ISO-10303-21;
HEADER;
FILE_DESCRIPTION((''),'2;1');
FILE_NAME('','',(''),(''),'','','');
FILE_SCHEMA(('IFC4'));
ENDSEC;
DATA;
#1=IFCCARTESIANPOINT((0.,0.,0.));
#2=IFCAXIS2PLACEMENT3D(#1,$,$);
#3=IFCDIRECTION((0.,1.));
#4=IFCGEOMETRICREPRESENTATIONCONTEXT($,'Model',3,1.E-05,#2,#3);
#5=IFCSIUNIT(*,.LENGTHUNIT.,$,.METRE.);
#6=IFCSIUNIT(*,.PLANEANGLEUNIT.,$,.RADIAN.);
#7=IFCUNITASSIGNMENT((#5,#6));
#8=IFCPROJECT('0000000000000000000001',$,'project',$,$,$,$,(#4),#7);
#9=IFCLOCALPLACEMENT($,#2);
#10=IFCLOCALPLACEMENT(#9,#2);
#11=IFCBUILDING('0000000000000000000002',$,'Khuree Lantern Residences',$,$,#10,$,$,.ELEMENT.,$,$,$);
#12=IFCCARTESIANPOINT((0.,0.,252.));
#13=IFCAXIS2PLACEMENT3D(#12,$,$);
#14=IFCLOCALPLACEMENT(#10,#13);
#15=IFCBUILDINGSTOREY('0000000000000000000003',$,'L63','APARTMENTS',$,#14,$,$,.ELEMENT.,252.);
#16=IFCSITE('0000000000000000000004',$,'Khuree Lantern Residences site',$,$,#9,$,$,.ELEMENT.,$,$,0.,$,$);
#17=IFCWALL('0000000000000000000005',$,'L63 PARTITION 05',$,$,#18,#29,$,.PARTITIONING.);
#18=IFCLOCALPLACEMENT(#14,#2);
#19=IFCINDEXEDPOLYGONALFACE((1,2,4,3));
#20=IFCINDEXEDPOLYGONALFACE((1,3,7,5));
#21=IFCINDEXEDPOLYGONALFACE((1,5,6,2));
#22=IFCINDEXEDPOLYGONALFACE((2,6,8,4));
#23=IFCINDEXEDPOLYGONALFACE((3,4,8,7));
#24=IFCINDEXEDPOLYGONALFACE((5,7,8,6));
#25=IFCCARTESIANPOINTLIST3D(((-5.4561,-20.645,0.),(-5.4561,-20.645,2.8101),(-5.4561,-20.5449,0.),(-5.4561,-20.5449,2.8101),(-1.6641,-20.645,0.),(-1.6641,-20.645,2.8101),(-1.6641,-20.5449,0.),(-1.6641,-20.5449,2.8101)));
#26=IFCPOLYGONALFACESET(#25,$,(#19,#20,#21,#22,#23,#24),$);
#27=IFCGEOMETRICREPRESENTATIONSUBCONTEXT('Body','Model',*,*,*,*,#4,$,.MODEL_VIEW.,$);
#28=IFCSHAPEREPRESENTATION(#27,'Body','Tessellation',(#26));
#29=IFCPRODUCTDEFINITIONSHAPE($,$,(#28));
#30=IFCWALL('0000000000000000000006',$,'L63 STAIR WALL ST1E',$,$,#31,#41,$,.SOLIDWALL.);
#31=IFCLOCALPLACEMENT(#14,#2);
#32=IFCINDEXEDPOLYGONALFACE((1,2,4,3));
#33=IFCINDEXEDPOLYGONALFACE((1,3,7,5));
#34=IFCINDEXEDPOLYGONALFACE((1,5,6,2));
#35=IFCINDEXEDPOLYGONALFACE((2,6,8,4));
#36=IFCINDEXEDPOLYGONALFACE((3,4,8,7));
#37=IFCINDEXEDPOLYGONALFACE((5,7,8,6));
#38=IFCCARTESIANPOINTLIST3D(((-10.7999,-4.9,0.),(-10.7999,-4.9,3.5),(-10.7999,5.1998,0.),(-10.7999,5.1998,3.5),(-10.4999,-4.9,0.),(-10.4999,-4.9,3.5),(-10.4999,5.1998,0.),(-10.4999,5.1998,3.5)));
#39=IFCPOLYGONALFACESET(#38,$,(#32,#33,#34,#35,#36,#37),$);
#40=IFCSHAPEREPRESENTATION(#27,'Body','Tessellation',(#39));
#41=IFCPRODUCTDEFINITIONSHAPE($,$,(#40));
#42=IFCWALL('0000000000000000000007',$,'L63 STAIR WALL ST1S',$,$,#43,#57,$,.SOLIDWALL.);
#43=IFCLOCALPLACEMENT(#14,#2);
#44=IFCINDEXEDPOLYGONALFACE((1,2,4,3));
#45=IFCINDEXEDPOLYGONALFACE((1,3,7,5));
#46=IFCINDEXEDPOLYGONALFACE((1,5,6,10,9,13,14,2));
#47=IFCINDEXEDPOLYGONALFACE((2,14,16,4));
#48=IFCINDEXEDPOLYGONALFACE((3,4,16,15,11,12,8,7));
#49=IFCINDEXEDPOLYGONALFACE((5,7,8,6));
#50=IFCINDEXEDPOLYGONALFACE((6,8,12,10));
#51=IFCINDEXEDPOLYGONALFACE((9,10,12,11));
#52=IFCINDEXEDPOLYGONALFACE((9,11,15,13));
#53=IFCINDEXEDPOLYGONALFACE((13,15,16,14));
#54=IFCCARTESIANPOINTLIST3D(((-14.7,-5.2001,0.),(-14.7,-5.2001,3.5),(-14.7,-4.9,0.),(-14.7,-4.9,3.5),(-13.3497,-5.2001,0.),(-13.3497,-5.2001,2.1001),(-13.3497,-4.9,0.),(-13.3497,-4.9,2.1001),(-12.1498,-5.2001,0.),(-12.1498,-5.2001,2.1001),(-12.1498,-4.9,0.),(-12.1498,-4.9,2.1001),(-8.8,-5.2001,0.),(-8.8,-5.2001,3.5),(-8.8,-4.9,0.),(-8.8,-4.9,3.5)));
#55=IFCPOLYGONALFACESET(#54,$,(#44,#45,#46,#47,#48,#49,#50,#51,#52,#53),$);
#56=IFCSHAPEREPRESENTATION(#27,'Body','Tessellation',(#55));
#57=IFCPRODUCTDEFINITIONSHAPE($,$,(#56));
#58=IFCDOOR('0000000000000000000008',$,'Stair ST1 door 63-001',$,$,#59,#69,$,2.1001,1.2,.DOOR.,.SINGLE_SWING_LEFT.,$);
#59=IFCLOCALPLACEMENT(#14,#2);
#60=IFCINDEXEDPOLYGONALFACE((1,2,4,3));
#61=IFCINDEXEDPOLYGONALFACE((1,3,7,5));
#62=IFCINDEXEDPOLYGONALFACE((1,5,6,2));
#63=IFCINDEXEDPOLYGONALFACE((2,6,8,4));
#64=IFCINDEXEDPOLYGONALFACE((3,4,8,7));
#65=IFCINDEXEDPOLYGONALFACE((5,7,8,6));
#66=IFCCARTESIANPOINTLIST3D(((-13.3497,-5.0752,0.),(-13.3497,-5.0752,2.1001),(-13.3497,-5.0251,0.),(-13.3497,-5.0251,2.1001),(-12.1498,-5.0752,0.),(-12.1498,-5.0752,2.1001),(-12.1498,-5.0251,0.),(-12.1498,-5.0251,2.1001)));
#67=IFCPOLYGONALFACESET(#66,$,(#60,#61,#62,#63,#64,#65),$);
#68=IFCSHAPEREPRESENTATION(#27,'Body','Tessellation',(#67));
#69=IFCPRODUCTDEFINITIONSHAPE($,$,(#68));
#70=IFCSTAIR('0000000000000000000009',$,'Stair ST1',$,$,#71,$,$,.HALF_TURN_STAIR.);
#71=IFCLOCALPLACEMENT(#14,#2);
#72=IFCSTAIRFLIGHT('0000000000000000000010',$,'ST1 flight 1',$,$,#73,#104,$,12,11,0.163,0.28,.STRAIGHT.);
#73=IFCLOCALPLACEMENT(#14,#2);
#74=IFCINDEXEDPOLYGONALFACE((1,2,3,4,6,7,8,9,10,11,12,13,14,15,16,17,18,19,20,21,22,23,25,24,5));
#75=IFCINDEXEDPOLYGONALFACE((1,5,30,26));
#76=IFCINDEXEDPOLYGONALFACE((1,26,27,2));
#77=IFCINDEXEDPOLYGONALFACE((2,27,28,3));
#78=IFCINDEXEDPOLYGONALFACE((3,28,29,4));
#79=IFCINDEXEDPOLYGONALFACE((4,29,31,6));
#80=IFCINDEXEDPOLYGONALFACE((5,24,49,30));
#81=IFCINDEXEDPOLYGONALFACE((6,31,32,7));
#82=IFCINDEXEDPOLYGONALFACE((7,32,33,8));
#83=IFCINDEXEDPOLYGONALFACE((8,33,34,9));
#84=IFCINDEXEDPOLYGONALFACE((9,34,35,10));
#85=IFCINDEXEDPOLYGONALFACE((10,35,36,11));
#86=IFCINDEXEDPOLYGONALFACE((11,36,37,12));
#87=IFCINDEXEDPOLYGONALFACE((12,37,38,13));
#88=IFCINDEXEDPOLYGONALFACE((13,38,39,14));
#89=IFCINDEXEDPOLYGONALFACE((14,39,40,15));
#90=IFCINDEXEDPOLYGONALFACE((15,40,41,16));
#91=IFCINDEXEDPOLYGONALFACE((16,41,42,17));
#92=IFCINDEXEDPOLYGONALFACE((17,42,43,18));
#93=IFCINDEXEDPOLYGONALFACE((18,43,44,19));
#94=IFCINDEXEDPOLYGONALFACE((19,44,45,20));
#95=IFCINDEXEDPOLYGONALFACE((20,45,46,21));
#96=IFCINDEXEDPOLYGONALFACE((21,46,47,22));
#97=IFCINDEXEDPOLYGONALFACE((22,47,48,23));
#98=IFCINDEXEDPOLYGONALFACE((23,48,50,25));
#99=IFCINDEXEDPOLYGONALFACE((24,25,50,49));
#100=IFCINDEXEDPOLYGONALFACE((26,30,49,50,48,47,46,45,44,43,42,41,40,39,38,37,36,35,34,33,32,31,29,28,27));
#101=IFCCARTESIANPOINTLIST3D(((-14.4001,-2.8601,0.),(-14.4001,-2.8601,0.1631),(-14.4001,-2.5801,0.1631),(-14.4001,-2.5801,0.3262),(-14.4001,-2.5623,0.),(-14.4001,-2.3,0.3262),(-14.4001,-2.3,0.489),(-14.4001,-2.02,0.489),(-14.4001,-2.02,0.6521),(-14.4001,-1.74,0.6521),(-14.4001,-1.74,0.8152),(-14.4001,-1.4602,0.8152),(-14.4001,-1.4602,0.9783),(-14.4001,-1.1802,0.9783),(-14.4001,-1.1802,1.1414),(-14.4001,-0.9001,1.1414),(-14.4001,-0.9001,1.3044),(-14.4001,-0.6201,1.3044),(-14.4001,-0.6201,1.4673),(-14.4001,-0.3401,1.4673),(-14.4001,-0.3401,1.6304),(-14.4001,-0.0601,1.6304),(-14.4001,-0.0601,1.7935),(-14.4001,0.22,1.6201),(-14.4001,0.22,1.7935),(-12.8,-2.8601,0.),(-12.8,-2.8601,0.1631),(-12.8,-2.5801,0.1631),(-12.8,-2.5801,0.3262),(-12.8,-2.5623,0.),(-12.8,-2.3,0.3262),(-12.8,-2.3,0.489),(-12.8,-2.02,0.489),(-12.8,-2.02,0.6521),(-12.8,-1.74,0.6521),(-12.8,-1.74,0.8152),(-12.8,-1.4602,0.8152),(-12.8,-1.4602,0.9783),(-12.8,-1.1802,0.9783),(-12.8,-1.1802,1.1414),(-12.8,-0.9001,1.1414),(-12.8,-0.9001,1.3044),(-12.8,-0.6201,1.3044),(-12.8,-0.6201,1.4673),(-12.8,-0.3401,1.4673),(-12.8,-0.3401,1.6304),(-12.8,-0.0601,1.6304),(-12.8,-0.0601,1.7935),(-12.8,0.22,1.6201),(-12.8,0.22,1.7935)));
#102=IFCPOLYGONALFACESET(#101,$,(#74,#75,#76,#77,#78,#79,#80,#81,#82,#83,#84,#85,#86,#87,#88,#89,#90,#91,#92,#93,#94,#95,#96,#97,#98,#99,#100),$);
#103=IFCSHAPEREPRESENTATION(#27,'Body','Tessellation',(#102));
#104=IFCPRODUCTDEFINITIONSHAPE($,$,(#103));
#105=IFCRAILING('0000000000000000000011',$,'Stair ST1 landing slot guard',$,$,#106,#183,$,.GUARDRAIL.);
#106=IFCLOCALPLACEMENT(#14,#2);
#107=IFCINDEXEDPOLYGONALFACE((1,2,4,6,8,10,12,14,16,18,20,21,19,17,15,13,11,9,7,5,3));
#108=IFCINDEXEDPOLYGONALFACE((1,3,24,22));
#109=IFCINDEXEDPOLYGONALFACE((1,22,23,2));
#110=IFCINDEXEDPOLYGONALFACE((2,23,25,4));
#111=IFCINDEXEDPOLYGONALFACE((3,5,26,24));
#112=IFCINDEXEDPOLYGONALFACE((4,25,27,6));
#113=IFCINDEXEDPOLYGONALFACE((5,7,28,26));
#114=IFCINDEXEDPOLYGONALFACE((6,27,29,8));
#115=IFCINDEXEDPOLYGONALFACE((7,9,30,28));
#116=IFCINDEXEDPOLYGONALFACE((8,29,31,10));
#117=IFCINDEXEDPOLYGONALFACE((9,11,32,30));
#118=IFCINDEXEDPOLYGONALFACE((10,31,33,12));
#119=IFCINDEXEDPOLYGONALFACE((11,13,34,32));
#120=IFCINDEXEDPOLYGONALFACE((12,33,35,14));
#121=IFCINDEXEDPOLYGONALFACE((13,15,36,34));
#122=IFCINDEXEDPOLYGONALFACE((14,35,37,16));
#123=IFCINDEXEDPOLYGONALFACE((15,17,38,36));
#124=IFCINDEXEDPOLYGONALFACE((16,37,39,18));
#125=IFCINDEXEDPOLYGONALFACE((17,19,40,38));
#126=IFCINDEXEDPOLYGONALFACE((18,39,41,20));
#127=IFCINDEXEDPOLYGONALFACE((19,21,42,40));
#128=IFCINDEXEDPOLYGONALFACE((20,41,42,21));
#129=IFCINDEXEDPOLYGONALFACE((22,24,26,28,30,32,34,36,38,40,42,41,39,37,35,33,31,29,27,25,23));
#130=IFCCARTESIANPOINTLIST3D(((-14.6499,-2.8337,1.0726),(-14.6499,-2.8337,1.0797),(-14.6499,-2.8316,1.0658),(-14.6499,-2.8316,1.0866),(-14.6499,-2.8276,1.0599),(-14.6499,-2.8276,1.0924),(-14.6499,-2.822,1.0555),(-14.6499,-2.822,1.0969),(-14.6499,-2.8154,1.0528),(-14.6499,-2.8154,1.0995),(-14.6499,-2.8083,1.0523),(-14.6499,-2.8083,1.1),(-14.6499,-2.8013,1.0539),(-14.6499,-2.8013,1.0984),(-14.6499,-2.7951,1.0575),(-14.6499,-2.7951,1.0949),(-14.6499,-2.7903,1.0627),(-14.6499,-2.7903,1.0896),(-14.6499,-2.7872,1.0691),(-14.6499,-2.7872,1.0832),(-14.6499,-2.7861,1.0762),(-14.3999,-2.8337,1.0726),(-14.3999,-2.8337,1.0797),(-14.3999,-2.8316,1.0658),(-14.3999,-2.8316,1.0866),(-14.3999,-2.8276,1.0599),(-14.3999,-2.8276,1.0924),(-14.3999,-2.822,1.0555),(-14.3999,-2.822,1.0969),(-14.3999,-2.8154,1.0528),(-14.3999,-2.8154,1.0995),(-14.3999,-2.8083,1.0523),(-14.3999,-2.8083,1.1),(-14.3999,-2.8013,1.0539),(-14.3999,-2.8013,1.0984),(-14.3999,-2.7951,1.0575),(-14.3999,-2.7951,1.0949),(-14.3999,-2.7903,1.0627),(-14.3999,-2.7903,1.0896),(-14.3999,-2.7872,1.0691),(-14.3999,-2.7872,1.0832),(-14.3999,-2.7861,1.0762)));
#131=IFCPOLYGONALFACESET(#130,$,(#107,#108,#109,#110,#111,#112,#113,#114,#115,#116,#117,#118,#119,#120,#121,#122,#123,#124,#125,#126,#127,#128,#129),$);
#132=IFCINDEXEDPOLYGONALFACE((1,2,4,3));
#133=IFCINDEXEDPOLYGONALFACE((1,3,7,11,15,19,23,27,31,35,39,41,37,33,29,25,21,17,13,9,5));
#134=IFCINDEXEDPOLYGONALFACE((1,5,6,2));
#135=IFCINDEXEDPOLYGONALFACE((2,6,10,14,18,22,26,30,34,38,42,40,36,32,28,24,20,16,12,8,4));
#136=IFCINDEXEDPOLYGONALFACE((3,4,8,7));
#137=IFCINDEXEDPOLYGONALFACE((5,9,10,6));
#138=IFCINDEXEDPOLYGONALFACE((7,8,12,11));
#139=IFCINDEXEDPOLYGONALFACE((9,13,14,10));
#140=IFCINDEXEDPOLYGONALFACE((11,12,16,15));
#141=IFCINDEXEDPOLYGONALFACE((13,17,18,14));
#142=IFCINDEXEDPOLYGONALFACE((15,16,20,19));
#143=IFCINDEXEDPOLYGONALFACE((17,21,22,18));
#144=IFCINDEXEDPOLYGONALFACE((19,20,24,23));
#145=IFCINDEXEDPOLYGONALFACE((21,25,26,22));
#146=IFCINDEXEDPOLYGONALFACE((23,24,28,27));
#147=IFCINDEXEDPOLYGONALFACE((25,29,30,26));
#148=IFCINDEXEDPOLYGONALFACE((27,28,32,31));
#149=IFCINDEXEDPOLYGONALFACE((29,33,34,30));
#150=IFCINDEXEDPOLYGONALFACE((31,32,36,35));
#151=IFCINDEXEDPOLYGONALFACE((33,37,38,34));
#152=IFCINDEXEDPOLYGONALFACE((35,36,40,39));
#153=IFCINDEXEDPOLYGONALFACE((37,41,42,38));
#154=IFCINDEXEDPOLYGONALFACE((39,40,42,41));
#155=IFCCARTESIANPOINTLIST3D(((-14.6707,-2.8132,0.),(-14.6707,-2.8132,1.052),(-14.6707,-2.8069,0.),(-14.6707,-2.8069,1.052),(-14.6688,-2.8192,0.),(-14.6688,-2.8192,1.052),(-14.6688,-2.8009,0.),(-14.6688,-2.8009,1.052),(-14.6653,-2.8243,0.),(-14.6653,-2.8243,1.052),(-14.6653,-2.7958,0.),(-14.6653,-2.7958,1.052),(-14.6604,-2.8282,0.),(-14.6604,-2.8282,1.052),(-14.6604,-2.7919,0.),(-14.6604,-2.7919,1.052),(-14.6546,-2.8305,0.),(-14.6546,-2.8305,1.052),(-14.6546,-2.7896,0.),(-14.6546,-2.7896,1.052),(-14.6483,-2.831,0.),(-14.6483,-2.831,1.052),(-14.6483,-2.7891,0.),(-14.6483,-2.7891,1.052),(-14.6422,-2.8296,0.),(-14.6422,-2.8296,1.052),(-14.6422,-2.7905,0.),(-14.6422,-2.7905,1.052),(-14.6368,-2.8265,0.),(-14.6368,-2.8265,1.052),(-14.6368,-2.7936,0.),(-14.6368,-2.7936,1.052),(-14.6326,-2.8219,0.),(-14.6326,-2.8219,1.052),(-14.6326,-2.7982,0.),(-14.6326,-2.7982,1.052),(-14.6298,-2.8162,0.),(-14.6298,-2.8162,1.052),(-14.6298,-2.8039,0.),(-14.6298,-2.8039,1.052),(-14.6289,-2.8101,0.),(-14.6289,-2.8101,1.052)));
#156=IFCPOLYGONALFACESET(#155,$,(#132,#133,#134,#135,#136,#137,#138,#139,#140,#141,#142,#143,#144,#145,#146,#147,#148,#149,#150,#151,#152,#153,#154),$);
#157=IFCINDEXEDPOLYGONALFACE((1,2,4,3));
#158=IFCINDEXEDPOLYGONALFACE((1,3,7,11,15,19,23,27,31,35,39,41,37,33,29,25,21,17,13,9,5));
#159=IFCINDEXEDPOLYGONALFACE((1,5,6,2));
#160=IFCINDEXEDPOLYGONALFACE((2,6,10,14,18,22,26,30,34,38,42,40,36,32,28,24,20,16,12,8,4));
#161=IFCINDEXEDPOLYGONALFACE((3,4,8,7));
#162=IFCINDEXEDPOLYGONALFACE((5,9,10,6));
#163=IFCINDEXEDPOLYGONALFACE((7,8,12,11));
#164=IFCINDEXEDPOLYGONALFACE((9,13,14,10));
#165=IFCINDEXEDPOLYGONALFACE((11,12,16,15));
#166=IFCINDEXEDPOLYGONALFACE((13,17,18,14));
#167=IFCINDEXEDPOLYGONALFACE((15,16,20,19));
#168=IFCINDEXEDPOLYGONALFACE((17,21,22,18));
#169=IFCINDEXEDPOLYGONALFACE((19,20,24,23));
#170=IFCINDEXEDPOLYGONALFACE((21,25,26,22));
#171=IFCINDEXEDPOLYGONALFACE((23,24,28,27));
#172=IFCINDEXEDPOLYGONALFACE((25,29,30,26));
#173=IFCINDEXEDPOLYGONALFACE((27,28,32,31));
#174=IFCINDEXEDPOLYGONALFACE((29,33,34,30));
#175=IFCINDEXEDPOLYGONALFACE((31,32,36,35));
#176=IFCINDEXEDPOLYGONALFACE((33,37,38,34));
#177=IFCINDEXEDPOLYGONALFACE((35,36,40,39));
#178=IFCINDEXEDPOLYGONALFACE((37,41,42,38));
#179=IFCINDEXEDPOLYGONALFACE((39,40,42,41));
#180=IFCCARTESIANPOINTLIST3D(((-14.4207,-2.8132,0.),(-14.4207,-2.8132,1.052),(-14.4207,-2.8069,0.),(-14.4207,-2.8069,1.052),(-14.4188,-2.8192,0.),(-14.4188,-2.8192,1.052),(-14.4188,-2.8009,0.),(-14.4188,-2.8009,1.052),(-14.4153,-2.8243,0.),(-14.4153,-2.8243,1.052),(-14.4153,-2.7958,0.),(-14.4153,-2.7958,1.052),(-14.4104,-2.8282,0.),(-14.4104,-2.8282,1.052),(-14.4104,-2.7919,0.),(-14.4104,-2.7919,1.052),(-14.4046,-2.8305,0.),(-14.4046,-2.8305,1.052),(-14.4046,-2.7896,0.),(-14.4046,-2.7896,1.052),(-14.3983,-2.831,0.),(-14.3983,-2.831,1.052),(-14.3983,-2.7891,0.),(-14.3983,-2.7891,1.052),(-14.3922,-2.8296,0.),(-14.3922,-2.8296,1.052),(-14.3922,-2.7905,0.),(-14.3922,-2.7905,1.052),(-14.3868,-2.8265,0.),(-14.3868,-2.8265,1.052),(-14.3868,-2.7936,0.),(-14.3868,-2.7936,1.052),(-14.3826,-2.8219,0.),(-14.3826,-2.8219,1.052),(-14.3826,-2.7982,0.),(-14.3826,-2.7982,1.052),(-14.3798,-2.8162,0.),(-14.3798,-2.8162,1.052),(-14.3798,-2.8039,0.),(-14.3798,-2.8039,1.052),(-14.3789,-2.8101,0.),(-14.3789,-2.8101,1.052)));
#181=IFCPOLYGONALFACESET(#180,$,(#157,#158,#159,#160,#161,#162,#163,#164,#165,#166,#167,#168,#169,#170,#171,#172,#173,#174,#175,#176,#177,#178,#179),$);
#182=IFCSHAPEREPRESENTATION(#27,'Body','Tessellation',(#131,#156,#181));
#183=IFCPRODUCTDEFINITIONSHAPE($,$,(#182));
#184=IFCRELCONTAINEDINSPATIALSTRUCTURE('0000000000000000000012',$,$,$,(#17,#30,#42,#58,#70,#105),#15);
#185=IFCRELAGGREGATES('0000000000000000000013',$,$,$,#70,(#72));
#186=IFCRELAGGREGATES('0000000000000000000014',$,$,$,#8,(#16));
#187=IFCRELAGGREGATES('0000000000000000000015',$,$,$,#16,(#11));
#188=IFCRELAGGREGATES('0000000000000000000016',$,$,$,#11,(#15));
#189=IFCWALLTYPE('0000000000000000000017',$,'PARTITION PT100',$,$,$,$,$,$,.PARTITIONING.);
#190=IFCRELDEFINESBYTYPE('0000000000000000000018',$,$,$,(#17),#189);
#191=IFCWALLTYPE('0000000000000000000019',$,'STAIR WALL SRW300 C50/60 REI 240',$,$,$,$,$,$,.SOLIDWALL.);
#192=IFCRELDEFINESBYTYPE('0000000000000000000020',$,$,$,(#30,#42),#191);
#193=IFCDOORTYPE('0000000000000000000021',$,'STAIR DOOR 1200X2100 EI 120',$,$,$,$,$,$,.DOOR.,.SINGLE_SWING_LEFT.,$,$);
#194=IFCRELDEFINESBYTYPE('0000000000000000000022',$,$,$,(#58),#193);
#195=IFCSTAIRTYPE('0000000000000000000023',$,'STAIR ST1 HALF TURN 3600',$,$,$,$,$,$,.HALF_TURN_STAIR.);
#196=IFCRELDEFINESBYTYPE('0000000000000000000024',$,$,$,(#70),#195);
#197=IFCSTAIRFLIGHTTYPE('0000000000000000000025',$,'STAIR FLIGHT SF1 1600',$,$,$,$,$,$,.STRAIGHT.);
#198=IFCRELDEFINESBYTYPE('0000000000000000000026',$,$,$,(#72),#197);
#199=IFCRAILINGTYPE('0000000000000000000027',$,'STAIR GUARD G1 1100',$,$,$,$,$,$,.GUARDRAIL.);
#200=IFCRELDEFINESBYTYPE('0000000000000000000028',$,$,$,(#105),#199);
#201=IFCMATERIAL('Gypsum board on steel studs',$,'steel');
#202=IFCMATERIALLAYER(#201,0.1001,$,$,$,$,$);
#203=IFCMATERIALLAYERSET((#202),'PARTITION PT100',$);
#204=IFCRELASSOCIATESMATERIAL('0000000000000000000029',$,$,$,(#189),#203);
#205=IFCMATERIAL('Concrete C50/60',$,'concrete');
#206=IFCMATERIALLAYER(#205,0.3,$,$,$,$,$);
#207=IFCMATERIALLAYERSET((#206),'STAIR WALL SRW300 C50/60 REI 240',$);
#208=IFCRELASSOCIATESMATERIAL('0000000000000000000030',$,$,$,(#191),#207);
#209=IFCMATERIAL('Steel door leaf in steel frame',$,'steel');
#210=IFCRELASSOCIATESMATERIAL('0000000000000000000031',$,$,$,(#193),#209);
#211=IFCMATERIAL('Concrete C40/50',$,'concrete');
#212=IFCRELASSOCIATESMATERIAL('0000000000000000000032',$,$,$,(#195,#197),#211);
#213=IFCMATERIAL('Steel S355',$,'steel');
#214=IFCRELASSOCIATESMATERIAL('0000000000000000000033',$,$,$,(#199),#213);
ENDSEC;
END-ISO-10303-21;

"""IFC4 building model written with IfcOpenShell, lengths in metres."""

from ifc_helpers import new_model, si_unit, direction, frame, frame_2d, origin, origin_2d, place, context, subcontext, project, spatial, polyline, rectangle, circle, outline, extrude, material, layer, layer_set, type_object, element, fill, aggregate, save


model = new_model("IFC4")

# Units and contexts
model_context = context("Model", 3, precision=1e-05, world=origin(), true_north=direction((0.0, 1.0)))
body_context = subcontext(model_context, "Body", "Model", "MODEL_VIEW")
ifc_project = project(units=[si_unit("LENGTHUNIT", "METRE"), si_unit("PLANEANGLEUNIT", "RADIAN")], contexts=[model_context])

# Site, building, storey
site_placement = place(None, origin())
site = spatial("IfcSite", under=ifc_project, at=site_placement, Name="Khuree Lantern Residences site", CompositionType="ELEMENT", RefElevation=0.0)
building_placement = place(site_placement, origin())
building = spatial("IfcBuilding", under=site, at=building_placement, Name="Khuree Lantern Residences", CompositionType="ELEMENT")
storey_placement = place(building_placement, frame((0.0, 0.0, 252.0)))
storey = spatial("IfcBuildingStorey", under=building, at=storey_placement, Name="L63", Description="APARTMENTS", CompositionType="ELEMENT", Elevation=252.0)

# Shared definitions
ifc_material_1 = material(Name="Concrete C50/60", Category="concrete")

# Shared definitions
ifc_material_2 = material(Name="Steel door leaf in steel frame", Category="steel")

# Shared definitions
ifc_material_3 = material(Name="Gypsum board on steel studs", Category="steel")

# Walls
ifc_layer_1 = layer(ifc_material_3, 0.1001)
ifc_layer_set_1 = layer_set([ifc_layer_1], Name="PARTITION PT100")
wall_type_1 = type_object("IfcWallType", Name="PARTITION PT100", PredefinedType="PARTITIONING", material=ifc_layer_set_1)
wall_1_placement = place(storey_placement, frame((-5.4561, -20.595, 0.0), z_axis=(0.0, 0.0, 1.0), x_axis=(1.0, 0.0, 0.0)))
element("IfcWall", 1, at=wall_1_placement, inside=storey, type_object=wall_type_1, Name="L63 PARTITION 05", PredefinedType="PARTITIONING", context=body_context, shape_type="SweptSolid", body=[
    extrude(rectangle(XDim=3.792, YDim=0.1001, at=frame_2d((1.896, 0.0))), origin(), (0.0, 0.0, 1.0), 2.8101),
])
ifc_layer_2 = layer(ifc_material_1, 0.3)
ifc_layer_set_2 = layer_set([ifc_layer_2], Name="STAIR WALL SRW300 C50/60 REI 240")
wall_type_2 = type_object("IfcWallType", Name="STAIR WALL SRW300 C50/60 REI 240", PredefinedType="SOLIDWALL", material=ifc_layer_set_2)
wall_2_placement = place(storey_placement, frame((-10.6499, -4.8999, 0.0), z_axis=(0.0, 0.0, 1.0), x_axis=(0.0, 1.0, 0.0)))
element("IfcWall", 2, at=wall_2_placement, inside=storey, type_object=wall_type_2, Name="L63 STAIR WALL ST1E", PredefinedType="SOLIDWALL", context=body_context, shape_type="SweptSolid", body=[
    extrude(rectangle(XDim=10.0999, YDim=0.3, at=frame_2d((5.0498, 0.0))), origin(), (0.0, 0.0, 1.0), 3.5),
])

# Wall, opening, door
wall_3_placement = place(storey_placement, frame((-14.7, -5.05, 0.0), z_axis=(0.0, 0.0, 1.0), x_axis=(1.0, 0.0, 0.0)))
wall_3 = element("IfcWall", 3, at=wall_3_placement, inside=storey, type_object=wall_type_2, Name="L63 STAIR WALL ST1S", PredefinedType="SOLIDWALL", context=body_context, shape_type="SweptSolid", body=[
    extrude(rectangle(XDim=5.8999, YDim=0.3, at=frame_2d((2.95, 0.0))), origin(), (0.0, 0.0, 1.0), 3.5),
])
opening_1_placement = place(wall_3_placement, frame((1.3501, 0.0, 0.0)))
opening_1 = element("IfcOpeningElement", 4, at=opening_1_placement, cuts=wall_3, PredefinedType="OPENING", context=body_context, shape_type="SweptSolid", body=[
    extrude(rectangle(XDim=1.2, YDim=2.1001, at=frame_2d((0.6001, 1.05))), frame((0.0, 0.1602, 0.0), z_axis=(0.0, -1.0, 0.0), x_axis=(1.0, 0.0, 0.0)), (0.0, 0.0, 1.0), 0.3201),
])
door_type_1 = type_object("IfcDoorType", Name="STAIR DOOR 1200X2100 EI 120", OperationType="SINGLE_SWING_LEFT", PredefinedType="DOOR", material=ifc_material_2)
door_1_placement = place(opening_1_placement, origin())
door_1 = element("IfcDoor", 5, at=door_1_placement, inside=storey, type_object=door_type_1, Name="Stair ST1 door 63-001", OperationType="SINGLE_SWING_LEFT", OverallHeight=2.1001, OverallWidth=1.2, PredefinedType="DOOR", context=body_context, shape_type="SweptSolid", body=[
    extrude(rectangle(XDim=1.2, YDim=2.1001, at=frame_2d((0.6001, 1.05))), frame((0.0, 0.0249, 0.0), z_axis=(0.0, -1.0, 0.0), x_axis=(1.0, 0.0, 0.0)), (0.0, 0.0, 1.0), 0.05),
])
fill(opening_1, door_1)

# Stair, stair flight
ifc_material_4 = material(Name="Concrete C40/50", Category="concrete")
stair_type = type_object("IfcStairType", Name="STAIR ST1 HALF TURN 3600", PredefinedType="HALF_TURN_STAIR", material=ifc_material_4)
stair_placement = place(storey_placement, origin())
stair = element("IfcStair", 6, at=stair_placement, inside=storey, type_object=stair_type, Name="Stair ST1", PredefinedType="HALF_TURN_STAIR")
stair_flight_type = type_object("IfcStairFlightType", Name="STAIR FLIGHT SF1 1600", PredefinedType="STRAIGHT", material=ifc_material_4)
stair_flight_placement = place(storey_placement, frame((-13.6001, -2.8601, 0.0), z_axis=(0.0, 0.0, 1.0), x_axis=(0.0, 1.0, 0.0)))
stair_flight = element("IfcStairFlight", 7, at=stair_flight_placement, type_object=stair_flight_type, Name="ST1 flight 1", NumberOfRisers=12, NumberOfTreads=11, PredefinedType="STRAIGHT", RiserHeight=0.163, TreadLength=0.28, context=body_context, shape_type="SweptSolid", body=[
    extrude(outline(polyline([(0.0, 0.0), (0.0, 0.1631), (0.28, 0.1631), (0.28, 0.3262), (0.5601, 0.3262), (0.5601, 0.489), (0.8401, 0.489), (0.8401, 0.6521), (1.1201, 0.6521), (1.1201, 0.8152), (1.3999, 0.8152), (1.3999, 0.9783), (1.6799, 0.9783), (1.6799, 1.1414), (1.96, 1.1414), (1.96, 1.3044), (2.24, 1.3044), (2.24, 1.4673), (2.52, 1.4673), (2.52, 1.6304), (2.8, 1.6304), (2.8, 1.7935), (3.0801, 1.7935), (3.0801, 1.9565), (3.0801, 1.6201), (0.2979, 0.0), (0.0, 0.0)])), frame((0.0, 0.8, 0.0), z_axis=(0.0, -1.0, 0.0), x_axis=(1.0, 0.0, 0.0)), (0.0, 0.0, 1.0), 1.6001),
])
aggregate(stair, [stair_flight])

# Railing
ifc_material_5 = material(Name="Steel S355", Category="steel")
railing_type_1 = type_object("IfcRailingType", Name="STAIR GUARD G1 1100", PredefinedType="GUARDRAIL", material=ifc_material_5)
railing_1_placement = place(storey_placement, frame((-14.6499, -2.8101, 0.0)))
element("IfcRailing", 8, at=railing_1_placement, inside=storey, type_object=railing_type_1, Name="Stair ST1 landing slot guard", PredefinedType="GUARDRAIL", context=body_context, shape_type="SweptSolid", body=[
    extrude(circle(Radius=0.0239, at=origin_2d()), frame((0.0, 0.0, 1.0762), z_axis=(1.0, 0.0, 0.0), x_axis=(0.0, 1.0, 0.0)), (0.0, 0.0, 1.0), 0.25),
    extrude(circle(Radius=0.021, at=origin_2d()), origin(), (0.0, 0.0, 1.0), 1.052),
    extrude(circle(Radius=0.021, at=origin_2d()), frame((0.25, 0.0, 0.0)), (0.0, 0.0, 1.0), 1.052),
])

save(model, "model.ifc")
